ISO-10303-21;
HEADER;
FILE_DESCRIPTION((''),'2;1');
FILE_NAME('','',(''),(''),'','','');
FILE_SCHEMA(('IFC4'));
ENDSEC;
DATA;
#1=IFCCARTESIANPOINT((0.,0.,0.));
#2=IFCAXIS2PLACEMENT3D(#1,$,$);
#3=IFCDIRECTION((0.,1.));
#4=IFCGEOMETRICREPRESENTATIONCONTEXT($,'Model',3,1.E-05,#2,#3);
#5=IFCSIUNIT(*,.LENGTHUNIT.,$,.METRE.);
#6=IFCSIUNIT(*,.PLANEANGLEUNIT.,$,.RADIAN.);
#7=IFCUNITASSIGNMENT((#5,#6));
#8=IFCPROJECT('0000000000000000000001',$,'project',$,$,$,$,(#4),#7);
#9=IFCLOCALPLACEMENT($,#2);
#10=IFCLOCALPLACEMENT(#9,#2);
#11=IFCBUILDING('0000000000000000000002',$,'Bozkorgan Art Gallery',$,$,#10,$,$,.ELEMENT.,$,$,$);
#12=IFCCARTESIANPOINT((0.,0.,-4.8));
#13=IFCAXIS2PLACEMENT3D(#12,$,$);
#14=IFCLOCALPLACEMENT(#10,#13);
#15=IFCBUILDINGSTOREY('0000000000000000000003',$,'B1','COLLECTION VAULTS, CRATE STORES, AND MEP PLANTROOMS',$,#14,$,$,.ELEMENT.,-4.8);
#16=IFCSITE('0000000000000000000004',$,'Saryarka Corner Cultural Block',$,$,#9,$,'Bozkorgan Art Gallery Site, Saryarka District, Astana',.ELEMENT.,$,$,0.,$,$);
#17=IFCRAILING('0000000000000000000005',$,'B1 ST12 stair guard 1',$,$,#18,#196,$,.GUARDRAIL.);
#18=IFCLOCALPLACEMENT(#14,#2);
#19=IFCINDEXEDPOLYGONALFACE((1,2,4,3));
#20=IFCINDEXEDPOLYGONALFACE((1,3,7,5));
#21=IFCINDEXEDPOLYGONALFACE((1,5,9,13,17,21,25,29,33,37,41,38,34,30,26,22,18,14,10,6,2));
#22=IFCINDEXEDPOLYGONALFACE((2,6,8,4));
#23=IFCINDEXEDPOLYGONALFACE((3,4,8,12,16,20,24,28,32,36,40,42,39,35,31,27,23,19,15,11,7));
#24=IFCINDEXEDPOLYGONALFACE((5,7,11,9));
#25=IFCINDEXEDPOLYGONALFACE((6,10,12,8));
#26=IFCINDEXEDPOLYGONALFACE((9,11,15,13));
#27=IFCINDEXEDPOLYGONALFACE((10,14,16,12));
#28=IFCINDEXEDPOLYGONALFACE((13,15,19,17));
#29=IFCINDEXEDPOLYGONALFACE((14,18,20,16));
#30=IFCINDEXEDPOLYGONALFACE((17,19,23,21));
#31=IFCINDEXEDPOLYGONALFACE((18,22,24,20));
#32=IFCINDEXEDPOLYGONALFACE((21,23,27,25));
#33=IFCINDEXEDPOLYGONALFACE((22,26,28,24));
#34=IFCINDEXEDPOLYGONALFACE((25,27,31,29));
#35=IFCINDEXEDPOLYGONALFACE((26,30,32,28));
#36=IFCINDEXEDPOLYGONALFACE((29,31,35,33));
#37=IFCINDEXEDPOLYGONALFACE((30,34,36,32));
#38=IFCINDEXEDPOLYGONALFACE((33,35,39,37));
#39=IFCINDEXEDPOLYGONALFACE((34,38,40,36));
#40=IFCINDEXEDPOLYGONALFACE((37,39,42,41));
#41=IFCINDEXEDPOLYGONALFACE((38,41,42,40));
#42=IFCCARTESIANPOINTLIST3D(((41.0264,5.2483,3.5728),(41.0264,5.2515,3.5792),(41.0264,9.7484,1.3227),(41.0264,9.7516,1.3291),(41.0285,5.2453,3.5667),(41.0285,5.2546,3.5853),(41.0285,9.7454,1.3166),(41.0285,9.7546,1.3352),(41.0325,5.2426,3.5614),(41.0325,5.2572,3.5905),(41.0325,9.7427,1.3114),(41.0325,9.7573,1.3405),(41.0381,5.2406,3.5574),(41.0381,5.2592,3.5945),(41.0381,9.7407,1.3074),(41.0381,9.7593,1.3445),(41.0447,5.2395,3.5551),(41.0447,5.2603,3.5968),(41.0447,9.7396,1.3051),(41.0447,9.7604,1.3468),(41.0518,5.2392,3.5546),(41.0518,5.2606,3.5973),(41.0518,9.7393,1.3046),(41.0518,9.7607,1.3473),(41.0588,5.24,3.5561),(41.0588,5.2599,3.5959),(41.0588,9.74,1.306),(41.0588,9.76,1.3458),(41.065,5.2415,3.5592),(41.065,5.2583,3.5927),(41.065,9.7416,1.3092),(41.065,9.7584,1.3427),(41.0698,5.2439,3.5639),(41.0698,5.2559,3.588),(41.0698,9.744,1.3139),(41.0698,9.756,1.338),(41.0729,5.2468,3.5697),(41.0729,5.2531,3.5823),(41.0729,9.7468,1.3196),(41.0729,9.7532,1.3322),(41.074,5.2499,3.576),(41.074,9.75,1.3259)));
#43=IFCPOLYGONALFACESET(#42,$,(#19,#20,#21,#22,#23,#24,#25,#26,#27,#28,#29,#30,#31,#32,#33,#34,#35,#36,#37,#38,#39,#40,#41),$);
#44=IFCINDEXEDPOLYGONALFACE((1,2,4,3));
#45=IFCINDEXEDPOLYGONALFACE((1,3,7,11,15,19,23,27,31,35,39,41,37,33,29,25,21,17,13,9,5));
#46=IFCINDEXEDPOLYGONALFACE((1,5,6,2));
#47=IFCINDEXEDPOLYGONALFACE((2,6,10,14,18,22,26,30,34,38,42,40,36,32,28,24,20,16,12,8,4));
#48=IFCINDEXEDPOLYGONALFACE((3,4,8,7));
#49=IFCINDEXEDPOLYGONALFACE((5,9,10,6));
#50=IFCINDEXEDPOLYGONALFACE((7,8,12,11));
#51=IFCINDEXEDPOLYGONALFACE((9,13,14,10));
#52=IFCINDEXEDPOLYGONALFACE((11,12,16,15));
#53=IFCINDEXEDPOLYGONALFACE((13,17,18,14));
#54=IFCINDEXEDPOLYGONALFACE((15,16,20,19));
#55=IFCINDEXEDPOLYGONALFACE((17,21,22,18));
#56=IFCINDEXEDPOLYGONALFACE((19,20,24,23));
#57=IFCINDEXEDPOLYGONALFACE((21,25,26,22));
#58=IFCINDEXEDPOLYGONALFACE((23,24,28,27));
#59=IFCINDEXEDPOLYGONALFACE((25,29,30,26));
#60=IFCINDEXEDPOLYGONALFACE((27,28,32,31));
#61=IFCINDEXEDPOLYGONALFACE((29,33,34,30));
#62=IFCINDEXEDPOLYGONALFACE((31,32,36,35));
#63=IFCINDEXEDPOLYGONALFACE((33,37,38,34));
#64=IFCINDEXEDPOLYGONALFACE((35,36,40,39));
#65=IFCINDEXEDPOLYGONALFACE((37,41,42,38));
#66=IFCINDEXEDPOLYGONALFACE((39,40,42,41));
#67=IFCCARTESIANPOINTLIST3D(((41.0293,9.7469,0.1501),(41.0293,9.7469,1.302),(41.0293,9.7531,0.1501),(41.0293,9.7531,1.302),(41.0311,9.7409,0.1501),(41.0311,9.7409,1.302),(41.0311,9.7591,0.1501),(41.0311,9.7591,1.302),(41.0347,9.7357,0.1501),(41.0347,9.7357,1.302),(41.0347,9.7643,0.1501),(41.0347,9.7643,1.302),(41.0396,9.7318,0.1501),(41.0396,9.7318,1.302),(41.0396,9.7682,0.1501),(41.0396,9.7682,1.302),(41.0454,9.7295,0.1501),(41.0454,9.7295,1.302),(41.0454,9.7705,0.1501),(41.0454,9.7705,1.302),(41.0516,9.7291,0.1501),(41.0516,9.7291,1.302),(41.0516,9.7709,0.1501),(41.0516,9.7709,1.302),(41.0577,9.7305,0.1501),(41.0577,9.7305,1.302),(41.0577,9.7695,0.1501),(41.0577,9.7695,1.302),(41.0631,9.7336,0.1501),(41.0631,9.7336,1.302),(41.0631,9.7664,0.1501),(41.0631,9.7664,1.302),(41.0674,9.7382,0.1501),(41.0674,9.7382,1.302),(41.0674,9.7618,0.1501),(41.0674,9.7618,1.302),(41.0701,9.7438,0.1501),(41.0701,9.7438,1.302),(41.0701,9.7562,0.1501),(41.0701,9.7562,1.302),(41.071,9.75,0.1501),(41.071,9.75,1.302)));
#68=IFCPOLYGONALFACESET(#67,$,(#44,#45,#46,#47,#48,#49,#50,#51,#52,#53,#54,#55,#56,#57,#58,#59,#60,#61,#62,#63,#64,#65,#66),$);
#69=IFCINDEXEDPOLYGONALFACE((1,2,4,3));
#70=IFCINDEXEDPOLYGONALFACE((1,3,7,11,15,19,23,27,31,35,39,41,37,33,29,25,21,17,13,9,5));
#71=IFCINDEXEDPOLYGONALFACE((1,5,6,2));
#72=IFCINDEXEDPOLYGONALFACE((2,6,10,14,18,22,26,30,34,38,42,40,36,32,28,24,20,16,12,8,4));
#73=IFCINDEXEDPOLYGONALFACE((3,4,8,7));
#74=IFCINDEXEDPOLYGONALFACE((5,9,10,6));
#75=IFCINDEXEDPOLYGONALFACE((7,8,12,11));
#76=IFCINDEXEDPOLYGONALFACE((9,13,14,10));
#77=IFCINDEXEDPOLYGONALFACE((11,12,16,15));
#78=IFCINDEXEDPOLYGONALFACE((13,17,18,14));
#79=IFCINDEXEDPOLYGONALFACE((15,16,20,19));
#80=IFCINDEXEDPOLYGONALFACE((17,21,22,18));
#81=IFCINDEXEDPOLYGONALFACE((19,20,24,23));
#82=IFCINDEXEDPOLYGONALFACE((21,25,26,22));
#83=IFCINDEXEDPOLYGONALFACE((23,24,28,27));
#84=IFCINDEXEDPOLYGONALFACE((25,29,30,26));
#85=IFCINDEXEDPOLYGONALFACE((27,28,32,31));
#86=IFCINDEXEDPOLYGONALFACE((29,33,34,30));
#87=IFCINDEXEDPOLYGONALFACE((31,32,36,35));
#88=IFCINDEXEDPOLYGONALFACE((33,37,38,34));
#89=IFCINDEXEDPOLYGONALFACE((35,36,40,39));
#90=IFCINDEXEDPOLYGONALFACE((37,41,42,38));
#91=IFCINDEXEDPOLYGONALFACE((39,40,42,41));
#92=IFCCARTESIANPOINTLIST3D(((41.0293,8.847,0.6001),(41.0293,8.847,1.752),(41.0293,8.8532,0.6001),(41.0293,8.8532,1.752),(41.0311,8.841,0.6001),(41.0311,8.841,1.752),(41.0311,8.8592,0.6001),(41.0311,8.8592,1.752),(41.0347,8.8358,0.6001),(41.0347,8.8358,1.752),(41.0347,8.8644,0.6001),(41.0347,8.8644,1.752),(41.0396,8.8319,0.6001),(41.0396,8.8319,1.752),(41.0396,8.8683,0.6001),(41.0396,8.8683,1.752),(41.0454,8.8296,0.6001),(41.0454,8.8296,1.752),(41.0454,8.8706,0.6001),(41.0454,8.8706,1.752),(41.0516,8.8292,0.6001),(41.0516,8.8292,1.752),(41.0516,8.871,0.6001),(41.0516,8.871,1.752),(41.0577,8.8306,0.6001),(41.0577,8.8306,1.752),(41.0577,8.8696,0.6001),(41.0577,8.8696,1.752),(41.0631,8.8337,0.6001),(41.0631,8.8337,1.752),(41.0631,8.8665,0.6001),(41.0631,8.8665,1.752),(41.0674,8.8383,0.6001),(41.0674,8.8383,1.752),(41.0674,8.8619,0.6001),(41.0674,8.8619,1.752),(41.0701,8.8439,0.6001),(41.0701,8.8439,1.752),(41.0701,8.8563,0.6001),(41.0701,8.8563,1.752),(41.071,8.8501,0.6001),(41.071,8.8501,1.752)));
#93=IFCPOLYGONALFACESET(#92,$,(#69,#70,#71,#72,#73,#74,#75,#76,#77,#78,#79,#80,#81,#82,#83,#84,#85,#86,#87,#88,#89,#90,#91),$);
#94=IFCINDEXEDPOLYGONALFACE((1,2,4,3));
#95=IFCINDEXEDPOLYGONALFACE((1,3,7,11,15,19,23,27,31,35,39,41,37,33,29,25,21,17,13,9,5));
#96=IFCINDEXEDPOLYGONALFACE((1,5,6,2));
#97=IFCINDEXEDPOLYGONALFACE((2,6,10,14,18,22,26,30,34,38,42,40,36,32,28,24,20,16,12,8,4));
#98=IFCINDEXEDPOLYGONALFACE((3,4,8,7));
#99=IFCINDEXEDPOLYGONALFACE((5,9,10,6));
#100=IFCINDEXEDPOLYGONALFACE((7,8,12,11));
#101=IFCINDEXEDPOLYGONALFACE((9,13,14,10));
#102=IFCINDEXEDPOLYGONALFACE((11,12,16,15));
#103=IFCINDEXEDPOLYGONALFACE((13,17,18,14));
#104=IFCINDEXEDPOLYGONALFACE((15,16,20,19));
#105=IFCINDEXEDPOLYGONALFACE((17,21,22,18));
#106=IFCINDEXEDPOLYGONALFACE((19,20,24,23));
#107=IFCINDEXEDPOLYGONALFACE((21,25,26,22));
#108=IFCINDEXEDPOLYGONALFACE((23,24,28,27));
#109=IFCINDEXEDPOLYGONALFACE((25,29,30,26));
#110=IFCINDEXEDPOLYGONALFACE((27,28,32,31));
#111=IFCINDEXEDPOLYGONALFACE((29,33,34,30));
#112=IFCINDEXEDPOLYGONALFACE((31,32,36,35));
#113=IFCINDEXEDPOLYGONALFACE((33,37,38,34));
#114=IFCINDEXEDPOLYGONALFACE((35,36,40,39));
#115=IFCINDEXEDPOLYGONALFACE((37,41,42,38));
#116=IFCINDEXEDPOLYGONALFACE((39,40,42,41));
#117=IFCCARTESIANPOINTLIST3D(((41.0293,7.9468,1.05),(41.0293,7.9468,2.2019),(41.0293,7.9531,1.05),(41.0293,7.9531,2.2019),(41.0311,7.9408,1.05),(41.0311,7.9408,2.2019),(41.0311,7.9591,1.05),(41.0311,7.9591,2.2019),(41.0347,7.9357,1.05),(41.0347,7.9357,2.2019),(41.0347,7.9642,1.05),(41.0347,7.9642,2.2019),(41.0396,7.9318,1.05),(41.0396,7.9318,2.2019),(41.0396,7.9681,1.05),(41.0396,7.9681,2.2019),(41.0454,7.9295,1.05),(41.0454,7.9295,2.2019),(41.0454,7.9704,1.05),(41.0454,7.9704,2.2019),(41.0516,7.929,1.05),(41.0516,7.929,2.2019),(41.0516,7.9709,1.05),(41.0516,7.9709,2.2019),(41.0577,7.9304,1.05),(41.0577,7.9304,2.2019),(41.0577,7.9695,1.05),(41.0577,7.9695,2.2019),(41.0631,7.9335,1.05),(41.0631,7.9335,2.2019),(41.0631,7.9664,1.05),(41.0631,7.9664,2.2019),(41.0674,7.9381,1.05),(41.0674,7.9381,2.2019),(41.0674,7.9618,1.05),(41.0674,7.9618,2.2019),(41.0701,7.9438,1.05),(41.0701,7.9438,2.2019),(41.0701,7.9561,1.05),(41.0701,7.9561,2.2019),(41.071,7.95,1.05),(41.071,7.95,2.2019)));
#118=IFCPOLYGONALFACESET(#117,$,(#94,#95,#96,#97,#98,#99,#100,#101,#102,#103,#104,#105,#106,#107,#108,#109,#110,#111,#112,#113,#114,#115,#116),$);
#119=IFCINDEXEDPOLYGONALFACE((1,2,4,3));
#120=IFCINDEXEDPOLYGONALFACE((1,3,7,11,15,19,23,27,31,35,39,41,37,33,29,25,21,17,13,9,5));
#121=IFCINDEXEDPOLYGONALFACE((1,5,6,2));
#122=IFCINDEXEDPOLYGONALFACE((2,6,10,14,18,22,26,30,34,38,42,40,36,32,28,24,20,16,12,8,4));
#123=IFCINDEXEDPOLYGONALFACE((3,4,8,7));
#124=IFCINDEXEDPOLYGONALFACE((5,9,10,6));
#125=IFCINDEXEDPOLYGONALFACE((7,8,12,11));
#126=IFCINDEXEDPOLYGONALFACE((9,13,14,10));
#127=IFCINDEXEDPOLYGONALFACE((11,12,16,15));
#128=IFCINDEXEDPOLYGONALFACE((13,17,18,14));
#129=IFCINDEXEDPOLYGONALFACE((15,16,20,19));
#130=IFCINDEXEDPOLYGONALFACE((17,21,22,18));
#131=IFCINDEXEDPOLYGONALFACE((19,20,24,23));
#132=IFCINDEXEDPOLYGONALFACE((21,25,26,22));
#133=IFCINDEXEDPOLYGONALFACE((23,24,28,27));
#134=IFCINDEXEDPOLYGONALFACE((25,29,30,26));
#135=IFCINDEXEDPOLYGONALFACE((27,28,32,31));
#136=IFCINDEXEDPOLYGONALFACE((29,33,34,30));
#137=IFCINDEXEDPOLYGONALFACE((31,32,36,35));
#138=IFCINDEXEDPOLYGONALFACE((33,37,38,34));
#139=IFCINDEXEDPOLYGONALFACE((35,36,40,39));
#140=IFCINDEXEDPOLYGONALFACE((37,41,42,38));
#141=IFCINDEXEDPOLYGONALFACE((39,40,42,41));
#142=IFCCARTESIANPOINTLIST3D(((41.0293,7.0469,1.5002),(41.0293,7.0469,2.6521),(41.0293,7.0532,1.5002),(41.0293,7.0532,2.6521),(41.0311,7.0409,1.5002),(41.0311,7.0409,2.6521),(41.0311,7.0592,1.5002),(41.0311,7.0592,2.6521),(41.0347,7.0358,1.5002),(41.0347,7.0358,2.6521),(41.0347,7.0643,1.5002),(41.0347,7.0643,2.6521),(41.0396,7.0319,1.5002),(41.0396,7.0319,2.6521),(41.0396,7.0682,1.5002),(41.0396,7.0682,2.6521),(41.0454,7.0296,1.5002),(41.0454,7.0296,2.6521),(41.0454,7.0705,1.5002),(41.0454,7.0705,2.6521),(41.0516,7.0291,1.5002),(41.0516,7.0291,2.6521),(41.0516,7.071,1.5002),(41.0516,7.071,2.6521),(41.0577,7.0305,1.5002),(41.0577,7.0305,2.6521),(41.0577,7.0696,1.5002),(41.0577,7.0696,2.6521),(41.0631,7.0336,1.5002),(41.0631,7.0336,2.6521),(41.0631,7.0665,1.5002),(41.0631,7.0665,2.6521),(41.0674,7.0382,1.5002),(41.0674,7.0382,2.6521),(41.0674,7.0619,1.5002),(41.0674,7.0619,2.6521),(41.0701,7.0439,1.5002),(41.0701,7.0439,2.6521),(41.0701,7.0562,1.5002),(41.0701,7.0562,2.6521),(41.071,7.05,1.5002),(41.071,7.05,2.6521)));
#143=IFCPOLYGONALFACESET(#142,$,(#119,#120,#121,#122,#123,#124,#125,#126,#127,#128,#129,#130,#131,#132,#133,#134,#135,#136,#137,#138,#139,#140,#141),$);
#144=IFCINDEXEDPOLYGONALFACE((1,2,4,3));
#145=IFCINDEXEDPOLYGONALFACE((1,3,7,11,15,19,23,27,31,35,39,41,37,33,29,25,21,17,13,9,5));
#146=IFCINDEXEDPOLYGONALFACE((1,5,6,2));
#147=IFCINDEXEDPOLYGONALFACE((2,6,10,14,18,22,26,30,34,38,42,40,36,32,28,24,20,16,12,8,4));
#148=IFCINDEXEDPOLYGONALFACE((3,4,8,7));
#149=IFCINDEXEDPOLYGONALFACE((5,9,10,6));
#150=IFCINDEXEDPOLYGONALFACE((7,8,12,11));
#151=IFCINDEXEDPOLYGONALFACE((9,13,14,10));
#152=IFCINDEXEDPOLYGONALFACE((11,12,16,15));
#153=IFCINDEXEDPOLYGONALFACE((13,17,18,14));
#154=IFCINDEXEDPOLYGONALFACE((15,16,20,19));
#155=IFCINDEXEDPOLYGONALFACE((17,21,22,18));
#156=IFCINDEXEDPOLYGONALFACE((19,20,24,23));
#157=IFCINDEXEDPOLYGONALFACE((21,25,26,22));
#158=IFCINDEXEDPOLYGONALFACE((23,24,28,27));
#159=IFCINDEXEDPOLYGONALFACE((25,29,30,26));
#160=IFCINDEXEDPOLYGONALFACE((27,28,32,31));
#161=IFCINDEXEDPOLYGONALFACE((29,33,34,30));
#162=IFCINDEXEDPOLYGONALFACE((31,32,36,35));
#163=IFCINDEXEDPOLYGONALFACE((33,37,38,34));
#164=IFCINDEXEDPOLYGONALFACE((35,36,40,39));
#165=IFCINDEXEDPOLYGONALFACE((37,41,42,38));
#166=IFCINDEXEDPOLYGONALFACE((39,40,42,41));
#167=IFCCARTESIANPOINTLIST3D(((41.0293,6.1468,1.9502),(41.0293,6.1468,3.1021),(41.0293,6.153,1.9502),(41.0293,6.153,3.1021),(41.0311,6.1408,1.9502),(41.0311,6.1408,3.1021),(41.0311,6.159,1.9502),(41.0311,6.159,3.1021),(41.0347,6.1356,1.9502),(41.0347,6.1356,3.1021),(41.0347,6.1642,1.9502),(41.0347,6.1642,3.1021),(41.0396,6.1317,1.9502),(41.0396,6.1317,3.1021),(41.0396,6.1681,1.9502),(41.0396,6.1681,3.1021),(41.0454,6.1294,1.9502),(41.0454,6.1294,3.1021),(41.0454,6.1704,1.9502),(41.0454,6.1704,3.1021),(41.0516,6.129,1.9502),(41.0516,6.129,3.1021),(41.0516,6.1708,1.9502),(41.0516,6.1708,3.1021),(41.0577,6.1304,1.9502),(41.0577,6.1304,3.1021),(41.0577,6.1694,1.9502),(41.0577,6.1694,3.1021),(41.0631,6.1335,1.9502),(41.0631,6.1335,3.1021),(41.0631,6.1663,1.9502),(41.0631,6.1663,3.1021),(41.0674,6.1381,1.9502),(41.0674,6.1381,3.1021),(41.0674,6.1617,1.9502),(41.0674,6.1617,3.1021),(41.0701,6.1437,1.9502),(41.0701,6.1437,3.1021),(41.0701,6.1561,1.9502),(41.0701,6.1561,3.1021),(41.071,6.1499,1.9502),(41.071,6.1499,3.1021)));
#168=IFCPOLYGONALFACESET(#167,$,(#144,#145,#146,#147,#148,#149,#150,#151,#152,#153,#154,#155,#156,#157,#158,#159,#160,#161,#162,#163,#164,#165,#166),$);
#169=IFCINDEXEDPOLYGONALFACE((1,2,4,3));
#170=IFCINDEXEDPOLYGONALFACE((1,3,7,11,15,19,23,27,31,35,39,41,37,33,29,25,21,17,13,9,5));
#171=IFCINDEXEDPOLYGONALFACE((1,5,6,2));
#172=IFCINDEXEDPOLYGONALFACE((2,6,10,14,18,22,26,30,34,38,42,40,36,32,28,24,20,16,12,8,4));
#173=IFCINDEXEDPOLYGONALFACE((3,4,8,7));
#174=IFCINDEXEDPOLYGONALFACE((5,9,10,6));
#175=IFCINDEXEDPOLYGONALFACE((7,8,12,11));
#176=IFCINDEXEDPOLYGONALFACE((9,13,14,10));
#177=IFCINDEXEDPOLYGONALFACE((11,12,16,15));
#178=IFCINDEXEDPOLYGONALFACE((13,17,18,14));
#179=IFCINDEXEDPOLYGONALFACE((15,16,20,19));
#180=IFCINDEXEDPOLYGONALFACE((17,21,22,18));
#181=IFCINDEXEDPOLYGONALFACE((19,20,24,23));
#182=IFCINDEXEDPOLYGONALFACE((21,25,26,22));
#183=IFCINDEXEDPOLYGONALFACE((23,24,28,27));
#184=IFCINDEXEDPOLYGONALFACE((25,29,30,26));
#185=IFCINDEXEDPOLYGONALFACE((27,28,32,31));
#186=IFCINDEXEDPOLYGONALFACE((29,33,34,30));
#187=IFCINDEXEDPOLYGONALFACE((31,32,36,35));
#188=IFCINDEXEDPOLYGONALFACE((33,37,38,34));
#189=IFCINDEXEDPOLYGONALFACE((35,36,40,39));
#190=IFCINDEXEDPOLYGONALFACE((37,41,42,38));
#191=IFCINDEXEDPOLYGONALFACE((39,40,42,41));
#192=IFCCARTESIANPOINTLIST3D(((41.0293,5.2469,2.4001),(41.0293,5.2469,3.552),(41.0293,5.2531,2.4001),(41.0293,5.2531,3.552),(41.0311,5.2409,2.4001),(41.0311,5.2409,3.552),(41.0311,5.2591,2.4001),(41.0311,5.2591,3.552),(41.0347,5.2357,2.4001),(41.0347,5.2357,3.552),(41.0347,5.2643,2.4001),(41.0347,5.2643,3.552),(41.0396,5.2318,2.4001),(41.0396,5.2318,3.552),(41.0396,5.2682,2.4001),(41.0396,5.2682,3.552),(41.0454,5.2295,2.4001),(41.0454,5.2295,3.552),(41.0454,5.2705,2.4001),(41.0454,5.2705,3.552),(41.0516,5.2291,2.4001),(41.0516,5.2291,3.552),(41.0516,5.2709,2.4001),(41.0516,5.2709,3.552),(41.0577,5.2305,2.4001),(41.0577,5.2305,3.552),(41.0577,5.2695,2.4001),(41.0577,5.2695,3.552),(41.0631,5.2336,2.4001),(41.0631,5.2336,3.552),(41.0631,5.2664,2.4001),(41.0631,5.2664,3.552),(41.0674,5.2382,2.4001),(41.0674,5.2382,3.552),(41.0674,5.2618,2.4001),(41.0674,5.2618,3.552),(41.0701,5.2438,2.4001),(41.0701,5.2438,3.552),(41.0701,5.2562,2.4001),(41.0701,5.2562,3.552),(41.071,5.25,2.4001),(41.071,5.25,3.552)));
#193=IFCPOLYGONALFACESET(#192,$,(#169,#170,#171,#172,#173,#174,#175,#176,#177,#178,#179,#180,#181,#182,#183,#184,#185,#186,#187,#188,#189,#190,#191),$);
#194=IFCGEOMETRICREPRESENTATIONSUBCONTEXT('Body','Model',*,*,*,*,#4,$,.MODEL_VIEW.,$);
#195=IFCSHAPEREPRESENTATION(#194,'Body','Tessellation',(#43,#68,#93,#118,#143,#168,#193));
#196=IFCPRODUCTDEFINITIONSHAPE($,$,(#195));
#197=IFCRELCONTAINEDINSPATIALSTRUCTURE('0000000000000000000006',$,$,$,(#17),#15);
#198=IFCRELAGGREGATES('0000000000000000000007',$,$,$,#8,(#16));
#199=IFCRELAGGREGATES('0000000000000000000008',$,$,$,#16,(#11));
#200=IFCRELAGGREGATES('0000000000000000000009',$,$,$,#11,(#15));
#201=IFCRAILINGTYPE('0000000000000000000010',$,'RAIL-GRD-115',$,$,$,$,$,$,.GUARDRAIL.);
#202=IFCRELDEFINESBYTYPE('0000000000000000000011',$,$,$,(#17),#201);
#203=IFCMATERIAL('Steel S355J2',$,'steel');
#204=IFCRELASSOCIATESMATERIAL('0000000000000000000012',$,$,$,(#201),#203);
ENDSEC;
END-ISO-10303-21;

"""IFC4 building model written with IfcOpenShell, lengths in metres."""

from ifc_helpers import new_model, si_unit, direction, frame, origin, origin_2d, place, context, subcontext, project, spatial, circle, extrude, material, type_object, element, save


model = new_model("IFC4")

# Units and contexts
model_context = context("Model", 3, precision=1e-05, world=origin(), true_north=direction((0.0, 1.0)))
body_context = subcontext(model_context, "Body", "Model", "MODEL_VIEW")
ifc_project = project(units=[si_unit("LENGTHUNIT", "METRE"), si_unit("PLANEANGLEUNIT", "RADIAN")], contexts=[model_context])

# Site, building, storey
site_placement = place(None, origin())
site = spatial("IfcSite", under=ifc_project, at=site_placement, Name="Saryarka Corner Cultural Block", LongName="Bozkorgan Art Gallery Site, Saryarka District, Astana", CompositionType="ELEMENT", RefElevation=0.0)
building_placement = place(site_placement, origin())
building = spatial("IfcBuilding", under=site, at=building_placement, Name="Bozkorgan Art Gallery", CompositionType="ELEMENT")
storey_placement = place(building_placement, frame((0.0, 0.0, -4.8)))
storey = spatial("IfcBuildingStorey", under=building, at=storey_placement, Name="B1", Description="COLLECTION VAULTS, CRATE STORES, AND MEP PLANTROOMS", CompositionType="ELEMENT", Elevation=-4.8)

# Shared definitions
ifc_material_1 = material(Name="Steel S355J2", Category="steel")

# Railing
railing_type_1 = type_object("IfcRailingType", Name="RAIL-GRD-115", PredefinedType="GUARDRAIL", material=ifc_material_1)
railing_1_placement = place(storey_placement, frame((41.05, 9.75, 0.1501)))
element("IfcRailing", 1, at=railing_1_placement, inside=storey, type_object=railing_type_1, Name="B1 ST12 stair guard 1", PredefinedType="GUARDRAIL", context=body_context, shape_type="SweptSolid", body=[
    extrude(circle(Radius=0.0239, at=origin_2d()), frame((0.0, 0.0, 1.1758), z_axis=(0.0, -0.894427, 0.447214), x_axis=(1.0, 0.0, 0.0)), (0.0, 0.0, 1.0), 5.0312),
    extrude(circle(Radius=0.021, at=origin_2d()), origin(), (0.0, 0.0, 1.0), 1.1519),
    extrude(circle(Radius=0.021, at=origin_2d()), frame((0.0, -0.8999, 0.45)), (0.0, 0.0, 1.0), 1.1519),
    extrude(circle(Radius=0.021, at=origin_2d()), frame((0.0, -1.8, 0.8999)), (0.0, 0.0, 1.0), 1.1519),
    extrude(circle(Radius=0.021, at=origin_2d()), frame((0.0, -2.7, 1.3501)), (0.0, 0.0, 1.0), 1.1519),
    extrude(circle(Radius=0.021, at=origin_2d()), frame((0.0, -3.6001, 1.8)), (0.0, 0.0, 1.0), 1.1519),
    extrude(circle(Radius=0.021, at=origin_2d()), frame((0.0, -4.5, 2.25)), (0.0, 0.0, 1.0), 1.1519),
])

save(model, "model.ifc")
